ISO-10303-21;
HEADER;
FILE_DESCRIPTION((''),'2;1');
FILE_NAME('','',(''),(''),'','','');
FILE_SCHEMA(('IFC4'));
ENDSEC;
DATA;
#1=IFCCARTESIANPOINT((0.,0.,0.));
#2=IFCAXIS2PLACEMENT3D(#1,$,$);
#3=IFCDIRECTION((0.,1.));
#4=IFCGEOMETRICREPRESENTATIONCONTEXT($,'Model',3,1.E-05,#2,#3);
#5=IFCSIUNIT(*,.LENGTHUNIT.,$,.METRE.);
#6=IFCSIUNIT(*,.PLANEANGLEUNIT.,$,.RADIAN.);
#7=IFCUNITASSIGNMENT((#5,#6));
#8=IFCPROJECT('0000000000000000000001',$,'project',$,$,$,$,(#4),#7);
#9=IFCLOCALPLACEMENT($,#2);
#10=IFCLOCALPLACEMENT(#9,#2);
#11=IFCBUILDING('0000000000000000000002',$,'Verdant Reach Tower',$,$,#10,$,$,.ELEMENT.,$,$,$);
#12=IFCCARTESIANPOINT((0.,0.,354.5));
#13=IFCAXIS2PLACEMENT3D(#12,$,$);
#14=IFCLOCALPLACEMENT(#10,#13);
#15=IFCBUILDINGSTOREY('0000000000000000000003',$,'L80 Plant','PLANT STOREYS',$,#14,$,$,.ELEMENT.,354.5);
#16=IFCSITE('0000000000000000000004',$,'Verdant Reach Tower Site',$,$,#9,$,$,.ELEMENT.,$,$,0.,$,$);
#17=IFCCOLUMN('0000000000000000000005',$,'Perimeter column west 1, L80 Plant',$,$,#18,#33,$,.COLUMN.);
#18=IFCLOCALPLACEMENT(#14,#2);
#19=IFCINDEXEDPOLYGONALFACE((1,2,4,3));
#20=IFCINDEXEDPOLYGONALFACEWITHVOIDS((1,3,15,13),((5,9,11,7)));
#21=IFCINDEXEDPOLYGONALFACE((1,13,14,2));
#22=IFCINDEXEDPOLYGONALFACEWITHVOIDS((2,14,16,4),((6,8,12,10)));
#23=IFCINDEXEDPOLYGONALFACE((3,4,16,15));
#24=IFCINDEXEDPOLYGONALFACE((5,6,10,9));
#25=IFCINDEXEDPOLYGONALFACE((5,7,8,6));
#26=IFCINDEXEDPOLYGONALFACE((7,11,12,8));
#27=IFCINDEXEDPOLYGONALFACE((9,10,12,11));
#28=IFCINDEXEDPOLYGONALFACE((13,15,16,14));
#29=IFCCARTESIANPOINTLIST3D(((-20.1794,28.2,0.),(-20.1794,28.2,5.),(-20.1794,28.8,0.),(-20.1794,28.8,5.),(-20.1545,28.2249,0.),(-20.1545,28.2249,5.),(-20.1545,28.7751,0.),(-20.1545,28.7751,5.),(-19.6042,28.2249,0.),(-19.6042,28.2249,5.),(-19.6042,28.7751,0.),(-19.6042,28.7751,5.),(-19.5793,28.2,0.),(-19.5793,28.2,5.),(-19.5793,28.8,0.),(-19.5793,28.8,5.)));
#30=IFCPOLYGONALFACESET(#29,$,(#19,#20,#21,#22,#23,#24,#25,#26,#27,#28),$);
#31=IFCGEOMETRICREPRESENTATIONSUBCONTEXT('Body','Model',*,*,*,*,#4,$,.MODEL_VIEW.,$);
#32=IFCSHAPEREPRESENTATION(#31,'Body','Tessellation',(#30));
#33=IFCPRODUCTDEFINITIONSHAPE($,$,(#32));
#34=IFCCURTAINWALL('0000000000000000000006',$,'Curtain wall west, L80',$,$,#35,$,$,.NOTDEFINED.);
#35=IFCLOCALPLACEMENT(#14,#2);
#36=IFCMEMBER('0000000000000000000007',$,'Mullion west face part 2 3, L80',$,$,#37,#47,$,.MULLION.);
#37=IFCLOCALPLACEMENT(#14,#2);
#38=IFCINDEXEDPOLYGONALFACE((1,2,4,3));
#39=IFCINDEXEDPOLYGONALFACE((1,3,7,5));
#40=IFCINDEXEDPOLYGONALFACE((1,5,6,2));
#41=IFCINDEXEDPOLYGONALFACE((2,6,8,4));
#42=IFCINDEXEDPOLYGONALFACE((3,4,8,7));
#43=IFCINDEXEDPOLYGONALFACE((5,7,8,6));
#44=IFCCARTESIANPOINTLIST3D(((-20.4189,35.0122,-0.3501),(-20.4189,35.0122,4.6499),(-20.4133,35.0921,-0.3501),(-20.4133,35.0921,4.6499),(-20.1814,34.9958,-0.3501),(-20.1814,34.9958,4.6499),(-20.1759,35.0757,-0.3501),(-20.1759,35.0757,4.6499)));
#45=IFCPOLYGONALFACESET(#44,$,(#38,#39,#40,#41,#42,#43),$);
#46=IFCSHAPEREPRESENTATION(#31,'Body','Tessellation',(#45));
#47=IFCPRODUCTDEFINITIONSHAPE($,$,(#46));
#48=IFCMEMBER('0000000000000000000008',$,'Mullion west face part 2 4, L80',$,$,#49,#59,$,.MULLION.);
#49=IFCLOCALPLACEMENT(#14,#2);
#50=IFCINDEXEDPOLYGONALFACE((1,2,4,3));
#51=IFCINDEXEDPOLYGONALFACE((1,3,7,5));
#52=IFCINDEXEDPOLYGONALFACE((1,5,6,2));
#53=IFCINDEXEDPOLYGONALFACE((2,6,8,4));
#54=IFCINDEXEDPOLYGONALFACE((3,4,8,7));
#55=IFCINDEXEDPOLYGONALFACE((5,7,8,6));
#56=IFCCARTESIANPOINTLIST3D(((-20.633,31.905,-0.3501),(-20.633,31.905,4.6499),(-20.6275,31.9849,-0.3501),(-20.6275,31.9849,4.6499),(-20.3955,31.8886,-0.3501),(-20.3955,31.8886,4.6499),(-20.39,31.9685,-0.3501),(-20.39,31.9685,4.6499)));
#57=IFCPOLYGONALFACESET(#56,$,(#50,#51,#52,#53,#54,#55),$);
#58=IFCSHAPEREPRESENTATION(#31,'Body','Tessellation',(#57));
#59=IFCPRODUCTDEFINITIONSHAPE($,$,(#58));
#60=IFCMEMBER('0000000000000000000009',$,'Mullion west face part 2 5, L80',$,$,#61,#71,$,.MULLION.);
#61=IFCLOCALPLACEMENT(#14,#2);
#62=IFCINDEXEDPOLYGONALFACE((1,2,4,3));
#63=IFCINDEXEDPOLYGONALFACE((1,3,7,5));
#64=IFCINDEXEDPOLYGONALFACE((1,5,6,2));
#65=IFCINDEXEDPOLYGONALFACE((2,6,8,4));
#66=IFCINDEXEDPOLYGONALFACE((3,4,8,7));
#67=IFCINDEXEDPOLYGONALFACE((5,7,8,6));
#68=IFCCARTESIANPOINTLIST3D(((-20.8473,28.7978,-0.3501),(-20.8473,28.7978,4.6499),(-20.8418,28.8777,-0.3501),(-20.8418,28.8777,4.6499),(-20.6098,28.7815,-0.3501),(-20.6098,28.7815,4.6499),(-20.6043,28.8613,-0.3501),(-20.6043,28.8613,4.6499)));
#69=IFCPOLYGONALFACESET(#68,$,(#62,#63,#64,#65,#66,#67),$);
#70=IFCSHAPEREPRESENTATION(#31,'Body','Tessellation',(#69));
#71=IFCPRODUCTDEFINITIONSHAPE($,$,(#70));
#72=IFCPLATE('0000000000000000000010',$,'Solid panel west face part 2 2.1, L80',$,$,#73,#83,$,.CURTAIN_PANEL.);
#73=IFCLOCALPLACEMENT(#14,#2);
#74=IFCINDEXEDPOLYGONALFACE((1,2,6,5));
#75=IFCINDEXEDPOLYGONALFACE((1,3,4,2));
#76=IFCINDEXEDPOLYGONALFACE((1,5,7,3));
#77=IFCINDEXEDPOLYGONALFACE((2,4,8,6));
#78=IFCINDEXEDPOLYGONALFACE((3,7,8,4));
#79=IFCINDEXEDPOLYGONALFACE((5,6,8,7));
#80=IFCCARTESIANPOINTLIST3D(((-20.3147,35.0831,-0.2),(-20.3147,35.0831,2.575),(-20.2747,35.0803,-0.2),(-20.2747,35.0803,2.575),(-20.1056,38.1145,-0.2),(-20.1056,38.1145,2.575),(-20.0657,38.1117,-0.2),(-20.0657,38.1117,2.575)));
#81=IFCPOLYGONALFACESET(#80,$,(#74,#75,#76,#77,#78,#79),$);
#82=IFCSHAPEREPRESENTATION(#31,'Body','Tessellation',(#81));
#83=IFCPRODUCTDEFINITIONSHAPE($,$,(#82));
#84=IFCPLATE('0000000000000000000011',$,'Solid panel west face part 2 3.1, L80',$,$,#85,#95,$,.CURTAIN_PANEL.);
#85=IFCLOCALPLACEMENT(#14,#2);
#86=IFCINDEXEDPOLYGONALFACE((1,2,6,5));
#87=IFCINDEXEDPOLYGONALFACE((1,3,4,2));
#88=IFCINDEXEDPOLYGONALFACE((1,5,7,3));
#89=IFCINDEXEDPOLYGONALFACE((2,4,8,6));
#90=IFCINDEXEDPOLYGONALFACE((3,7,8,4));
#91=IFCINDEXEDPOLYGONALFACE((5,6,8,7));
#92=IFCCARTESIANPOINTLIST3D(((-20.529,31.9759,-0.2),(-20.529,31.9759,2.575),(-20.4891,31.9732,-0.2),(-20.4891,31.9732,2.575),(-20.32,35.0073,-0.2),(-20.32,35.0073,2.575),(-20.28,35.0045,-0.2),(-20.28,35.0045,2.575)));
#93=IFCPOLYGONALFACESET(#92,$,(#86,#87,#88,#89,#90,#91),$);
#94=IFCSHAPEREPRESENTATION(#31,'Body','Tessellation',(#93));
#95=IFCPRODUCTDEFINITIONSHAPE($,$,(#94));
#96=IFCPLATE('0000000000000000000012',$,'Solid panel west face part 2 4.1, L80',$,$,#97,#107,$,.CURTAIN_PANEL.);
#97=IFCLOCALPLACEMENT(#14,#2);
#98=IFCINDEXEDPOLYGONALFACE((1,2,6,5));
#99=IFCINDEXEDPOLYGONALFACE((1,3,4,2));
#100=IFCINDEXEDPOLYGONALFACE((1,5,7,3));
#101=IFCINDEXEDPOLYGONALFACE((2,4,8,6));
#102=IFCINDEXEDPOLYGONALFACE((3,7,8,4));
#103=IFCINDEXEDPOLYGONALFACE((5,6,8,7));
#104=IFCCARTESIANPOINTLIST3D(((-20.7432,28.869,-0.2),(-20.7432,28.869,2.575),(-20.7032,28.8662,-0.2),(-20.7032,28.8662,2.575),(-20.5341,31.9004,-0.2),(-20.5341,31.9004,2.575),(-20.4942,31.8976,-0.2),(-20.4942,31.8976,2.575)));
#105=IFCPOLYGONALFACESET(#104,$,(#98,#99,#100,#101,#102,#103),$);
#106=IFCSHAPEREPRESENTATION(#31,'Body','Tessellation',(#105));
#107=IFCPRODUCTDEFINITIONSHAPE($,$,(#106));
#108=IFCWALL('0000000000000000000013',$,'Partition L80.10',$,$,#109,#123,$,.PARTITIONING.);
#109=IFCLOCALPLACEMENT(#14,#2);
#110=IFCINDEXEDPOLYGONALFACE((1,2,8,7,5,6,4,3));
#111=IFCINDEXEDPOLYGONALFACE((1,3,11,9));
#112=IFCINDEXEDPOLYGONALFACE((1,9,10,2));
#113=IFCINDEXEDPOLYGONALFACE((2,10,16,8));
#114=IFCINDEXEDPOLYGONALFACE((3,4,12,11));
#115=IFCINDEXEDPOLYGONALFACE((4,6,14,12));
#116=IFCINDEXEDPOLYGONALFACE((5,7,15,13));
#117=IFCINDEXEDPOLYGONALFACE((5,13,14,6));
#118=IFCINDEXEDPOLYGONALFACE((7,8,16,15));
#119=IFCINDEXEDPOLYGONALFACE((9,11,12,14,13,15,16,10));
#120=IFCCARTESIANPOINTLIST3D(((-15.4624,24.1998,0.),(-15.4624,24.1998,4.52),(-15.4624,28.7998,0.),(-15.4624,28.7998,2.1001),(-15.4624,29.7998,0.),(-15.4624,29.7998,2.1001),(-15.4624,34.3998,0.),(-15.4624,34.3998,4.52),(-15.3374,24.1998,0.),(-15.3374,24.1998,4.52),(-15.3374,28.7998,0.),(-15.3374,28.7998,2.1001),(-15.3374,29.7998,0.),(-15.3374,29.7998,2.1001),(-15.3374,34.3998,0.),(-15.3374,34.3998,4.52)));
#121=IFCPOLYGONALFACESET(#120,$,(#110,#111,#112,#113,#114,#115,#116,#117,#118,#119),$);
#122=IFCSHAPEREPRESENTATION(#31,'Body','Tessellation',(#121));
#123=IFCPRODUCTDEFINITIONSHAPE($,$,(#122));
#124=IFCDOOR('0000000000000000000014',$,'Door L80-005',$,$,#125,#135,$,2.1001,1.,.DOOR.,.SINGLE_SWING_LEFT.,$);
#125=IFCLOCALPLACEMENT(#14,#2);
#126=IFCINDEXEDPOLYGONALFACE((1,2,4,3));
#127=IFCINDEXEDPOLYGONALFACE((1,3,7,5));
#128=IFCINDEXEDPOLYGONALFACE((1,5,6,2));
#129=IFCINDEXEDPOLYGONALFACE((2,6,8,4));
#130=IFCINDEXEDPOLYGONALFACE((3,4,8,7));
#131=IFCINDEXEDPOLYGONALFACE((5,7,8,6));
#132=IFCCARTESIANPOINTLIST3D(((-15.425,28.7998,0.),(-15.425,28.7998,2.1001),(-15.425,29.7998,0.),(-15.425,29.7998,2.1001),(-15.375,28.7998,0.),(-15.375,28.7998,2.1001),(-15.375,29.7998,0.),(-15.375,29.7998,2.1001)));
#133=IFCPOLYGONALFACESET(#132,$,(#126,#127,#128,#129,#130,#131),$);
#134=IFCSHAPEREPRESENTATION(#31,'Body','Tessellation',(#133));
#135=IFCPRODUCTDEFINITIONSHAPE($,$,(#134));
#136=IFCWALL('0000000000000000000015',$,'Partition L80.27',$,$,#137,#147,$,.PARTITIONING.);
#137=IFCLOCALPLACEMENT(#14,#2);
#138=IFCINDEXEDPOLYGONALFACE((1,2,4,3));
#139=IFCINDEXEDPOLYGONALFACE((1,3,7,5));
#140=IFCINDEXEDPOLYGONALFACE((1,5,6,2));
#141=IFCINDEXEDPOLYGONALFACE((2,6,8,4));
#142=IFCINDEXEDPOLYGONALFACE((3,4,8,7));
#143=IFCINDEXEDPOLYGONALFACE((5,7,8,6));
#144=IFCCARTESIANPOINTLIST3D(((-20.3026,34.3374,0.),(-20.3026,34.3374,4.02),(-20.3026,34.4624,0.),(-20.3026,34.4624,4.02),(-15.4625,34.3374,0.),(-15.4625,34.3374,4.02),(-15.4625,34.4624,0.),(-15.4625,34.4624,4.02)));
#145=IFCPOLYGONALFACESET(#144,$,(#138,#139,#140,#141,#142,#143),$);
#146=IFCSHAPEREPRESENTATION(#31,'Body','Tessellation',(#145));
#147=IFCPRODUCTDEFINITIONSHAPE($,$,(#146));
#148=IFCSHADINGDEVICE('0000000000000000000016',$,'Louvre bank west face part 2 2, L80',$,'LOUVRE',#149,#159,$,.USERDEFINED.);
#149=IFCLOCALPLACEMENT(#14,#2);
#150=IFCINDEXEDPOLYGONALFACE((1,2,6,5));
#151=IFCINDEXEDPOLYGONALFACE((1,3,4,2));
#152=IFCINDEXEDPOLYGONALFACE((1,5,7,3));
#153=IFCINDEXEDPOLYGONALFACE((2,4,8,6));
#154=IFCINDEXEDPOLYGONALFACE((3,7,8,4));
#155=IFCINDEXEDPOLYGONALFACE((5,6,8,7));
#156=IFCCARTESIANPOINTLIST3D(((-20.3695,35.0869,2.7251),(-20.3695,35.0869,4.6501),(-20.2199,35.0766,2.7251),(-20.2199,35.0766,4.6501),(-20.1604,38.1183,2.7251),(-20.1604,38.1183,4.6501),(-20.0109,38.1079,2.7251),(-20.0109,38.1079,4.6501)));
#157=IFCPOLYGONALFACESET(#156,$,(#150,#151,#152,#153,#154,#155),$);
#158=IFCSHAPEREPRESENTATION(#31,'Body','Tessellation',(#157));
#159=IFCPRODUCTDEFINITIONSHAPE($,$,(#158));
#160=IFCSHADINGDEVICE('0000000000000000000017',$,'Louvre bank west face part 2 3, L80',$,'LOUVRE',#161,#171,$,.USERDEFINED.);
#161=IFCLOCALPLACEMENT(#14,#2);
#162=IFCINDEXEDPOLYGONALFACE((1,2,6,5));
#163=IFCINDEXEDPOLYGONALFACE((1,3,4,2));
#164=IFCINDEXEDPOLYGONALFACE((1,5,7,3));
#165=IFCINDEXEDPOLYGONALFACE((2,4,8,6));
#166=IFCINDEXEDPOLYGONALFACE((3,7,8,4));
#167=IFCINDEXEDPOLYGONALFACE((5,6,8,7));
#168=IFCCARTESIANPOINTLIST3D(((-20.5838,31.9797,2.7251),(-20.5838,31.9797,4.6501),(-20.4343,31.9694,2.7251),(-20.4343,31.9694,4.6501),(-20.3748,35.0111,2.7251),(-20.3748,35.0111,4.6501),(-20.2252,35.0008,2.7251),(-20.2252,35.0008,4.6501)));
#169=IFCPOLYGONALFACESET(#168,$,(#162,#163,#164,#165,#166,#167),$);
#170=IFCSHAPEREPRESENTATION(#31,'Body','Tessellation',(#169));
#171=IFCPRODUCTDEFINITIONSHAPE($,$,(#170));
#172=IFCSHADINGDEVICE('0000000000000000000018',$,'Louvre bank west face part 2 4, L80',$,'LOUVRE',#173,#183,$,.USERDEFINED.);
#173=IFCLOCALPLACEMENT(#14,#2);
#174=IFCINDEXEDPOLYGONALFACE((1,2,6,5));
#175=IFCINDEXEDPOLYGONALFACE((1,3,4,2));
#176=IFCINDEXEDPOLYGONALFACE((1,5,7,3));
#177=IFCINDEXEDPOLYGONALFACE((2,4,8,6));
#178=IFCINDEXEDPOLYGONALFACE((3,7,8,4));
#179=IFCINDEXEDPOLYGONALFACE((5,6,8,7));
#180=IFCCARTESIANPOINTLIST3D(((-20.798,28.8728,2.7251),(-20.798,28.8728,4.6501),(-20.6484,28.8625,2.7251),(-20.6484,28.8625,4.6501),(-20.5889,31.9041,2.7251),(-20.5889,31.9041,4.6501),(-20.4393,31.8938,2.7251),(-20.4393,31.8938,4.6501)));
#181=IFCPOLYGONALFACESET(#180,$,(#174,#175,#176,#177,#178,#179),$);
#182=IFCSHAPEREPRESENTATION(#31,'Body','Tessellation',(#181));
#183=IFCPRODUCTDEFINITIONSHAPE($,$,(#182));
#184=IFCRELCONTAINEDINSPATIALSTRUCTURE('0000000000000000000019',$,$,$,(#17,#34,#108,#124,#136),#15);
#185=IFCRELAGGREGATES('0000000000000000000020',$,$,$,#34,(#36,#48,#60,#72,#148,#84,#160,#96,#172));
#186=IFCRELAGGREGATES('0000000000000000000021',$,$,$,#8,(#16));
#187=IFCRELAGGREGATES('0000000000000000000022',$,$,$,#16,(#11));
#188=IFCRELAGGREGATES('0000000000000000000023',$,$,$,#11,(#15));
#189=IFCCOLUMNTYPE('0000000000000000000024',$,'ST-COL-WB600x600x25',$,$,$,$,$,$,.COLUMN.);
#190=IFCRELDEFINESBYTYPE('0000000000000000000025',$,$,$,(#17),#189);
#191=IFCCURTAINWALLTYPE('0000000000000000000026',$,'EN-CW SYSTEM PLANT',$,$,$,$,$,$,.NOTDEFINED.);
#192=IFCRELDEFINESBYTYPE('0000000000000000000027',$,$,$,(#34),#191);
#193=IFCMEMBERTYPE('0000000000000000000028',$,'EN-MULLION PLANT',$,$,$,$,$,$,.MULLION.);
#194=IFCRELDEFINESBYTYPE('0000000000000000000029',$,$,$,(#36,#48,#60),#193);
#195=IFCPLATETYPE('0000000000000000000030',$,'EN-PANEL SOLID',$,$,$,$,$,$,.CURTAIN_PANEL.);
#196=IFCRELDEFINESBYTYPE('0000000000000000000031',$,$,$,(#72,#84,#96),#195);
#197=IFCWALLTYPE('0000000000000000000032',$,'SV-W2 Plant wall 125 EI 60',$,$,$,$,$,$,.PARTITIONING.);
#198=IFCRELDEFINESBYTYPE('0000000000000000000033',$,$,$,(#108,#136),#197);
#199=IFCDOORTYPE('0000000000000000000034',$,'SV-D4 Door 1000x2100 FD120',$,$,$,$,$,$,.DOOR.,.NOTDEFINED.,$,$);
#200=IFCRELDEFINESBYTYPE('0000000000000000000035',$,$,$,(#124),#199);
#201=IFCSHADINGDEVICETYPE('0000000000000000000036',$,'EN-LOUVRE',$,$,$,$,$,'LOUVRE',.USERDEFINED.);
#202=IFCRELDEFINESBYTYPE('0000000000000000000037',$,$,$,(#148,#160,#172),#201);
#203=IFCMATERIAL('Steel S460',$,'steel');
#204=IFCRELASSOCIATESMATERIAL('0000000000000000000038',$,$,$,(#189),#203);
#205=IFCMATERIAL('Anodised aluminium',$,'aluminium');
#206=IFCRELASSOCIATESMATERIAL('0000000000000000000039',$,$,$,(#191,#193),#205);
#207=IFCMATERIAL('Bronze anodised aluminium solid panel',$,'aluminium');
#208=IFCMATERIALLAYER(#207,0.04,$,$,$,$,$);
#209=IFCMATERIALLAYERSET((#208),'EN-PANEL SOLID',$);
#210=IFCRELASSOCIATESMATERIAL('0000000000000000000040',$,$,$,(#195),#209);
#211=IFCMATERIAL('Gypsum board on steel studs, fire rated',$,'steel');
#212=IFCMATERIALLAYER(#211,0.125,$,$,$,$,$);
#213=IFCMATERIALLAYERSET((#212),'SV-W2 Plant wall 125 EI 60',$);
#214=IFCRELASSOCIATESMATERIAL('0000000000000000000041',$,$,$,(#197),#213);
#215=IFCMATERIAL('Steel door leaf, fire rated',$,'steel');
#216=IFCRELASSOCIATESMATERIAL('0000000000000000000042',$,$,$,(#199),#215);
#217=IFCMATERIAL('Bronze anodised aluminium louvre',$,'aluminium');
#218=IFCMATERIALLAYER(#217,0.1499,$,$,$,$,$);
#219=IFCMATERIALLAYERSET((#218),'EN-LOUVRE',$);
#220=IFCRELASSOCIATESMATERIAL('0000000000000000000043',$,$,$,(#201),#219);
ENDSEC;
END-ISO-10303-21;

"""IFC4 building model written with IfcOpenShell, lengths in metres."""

from ifc_helpers import new_model, si_unit, direction, frame, frame_2d, origin, origin_2d, place, context, subcontext, project, spatial, rectangle, hollow_rectangle, extrude, material, layer, layer_set, material_profile, profile_set, type_object, element, fill, aggregate, save


model = new_model("IFC4")

# Units and contexts
model_context = context("Model", 3, precision=1e-05, world=origin(), true_north=direction((0.0, 1.0)))
body_context = subcontext(model_context, "Body", "Model", "MODEL_VIEW")
ifc_project = project(units=[si_unit("LENGTHUNIT", "METRE"), si_unit("PLANEANGLEUNIT", "RADIAN")], contexts=[model_context])

# Site, building, storey
site_placement = place(None, origin())
site = spatial("IfcSite", under=ifc_project, at=site_placement, Name="Verdant Reach Tower Site", CompositionType="ELEMENT", RefElevation=0.0)
building_placement = place(site_placement, origin())
building = spatial("IfcBuilding", under=site, at=building_placement, Name="Verdant Reach Tower", CompositionType="ELEMENT")
storey_placement = place(building_placement, frame((0.0, 0.0, 354.5)))
storey = spatial("IfcBuildingStorey", under=building, at=storey_placement, Name="L80 Plant", Description="PLANT STOREYS", CompositionType="ELEMENT", Elevation=354.5)

# Column
ifc_material_1 = material(Name="Steel S460", Category="steel")
ifc_material_profile_1 = material_profile(ifc_material_1, hollow_rectangle(XDim=0.6001, YDim=0.6001, WallThickness=0.0249, at=origin_2d()), Name="WB 600x600x25")
ifc_profile_set_1 = profile_set([ifc_material_profile_1], Name="Steel S460")
column_type = type_object("IfcColumnType", Name="ST-COL-WB600x600x25", PredefinedType="COLUMN", material=ifc_profile_set_1)
column_placement = place(storey_placement, frame((-19.8794, 28.5, 0.0), z_axis=(0.0, 0.0, 1.0), x_axis=(1.0, 0.0, 0.0)))
element("IfcColumn", 1, at=column_placement, inside=storey, type_object=column_type, Name="Perimeter column west 1, L80 Plant", PredefinedType="COLUMN", context=body_context, shape_type="SweptSolid", body=[
    extrude(hollow_rectangle(XDim=0.6001, YDim=0.6001, WallThickness=0.0249, at=origin_2d()), origin(), (0.0, 0.0, 1.0), 5.0),
])

# Curtain wall, members, plates
ifc_material_2 = material(Name="Anodised aluminium", Category="aluminium")
curtain_wall_type = type_object("IfcCurtainWallType", Name="EN-CW SYSTEM PLANT", PredefinedType="NOTDEFINED", material=ifc_material_2)
curtain_wall_placement = place(storey_placement, origin())
curtain_wall = element("IfcCurtainWall", 2, at=curtain_wall_placement, inside=storey, type_object=curtain_wall_type, Name="Curtain wall west, L80", PredefinedType="NOTDEFINED")
ifc_material_profile_2 = material_profile(ifc_material_2, rectangle(XDim=0.238, YDim=0.0801, at=origin_2d()), Name="Mullion 80x240")
ifc_profile_set_2 = profile_set([ifc_material_profile_2], Name="Anodised aluminium")
member_type = type_object("IfcMemberType", Name="EN-MULLION PLANT", PredefinedType="MULLION", material=ifc_profile_set_2)
member_1_placement = place(storey_placement, frame((-20.2974, 35.0439, -0.3501), z_axis=(0.0, 0.0, 1.0), x_axis=(-0.99763, 0.068802, 0.0)))
member_1 = element("IfcMember", 3, at=member_1_placement, type_object=member_type, Name="Mullion west face part 2 3, L80", PredefinedType="MULLION", context=body_context, shape_type="SweptSolid", body=[
    extrude(rectangle(XDim=0.238, YDim=0.0801, at=origin_2d()), origin(), (0.0, 0.0, 1.0), 5.0),
])
member_2_placement = place(storey_placement, frame((-20.5115, 31.9368, -0.3501), z_axis=(0.0, 0.0, 1.0), x_axis=(-0.99763, 0.068802, 0.0)))
member_2 = element("IfcMember", 4, at=member_2_placement, type_object=member_type, Name="Mullion west face part 2 4, L80", PredefinedType="MULLION", context=body_context, shape_type="SweptSolid", body=[
    extrude(rectangle(XDim=0.238, YDim=0.0801, at=origin_2d()), origin(), (0.0, 0.0, 1.0), 5.0),
])
member_3_placement = place(storey_placement, frame((-20.7258, 28.8296, -0.3501), z_axis=(0.0, 0.0, 1.0), x_axis=(-0.99763, 0.068802, 0.0)))
member_3 = element("IfcMember", 5, at=member_3_placement, type_object=member_type, Name="Mullion west face part 2 5, L80", PredefinedType="MULLION", context=body_context, shape_type="SweptSolid", body=[
    extrude(rectangle(XDim=0.238, YDim=0.0801, at=origin_2d()), origin(), (0.0, 0.0, 1.0), 5.0),
])
ifc_material_3 = material(Name="Bronze anodised aluminium solid panel", Category="aluminium")
ifc_layer_1 = layer(ifc_material_3, 0.04)
ifc_layer_set_1 = layer_set([ifc_layer_1], Name="EN-PANEL SOLID")
plate_type = type_object("IfcPlateType", Name="EN-PANEL SOLID", PredefinedType="CURTAIN_PANEL", material=ifc_layer_set_1)
plate_1_placement = place(storey_placement, frame((-20.1902, 36.5974, -0.2), z_axis=(0.0, 0.0, 1.0), x_axis=(-0.068802, -0.99763, 0.0)))
plate_1 = element("IfcPlate", 6, at=plate_1_placement, type_object=plate_type, Name="Solid panel west face part 2 2.1, L80", PredefinedType="CURTAIN_PANEL", context=body_context, shape_type="SweptSolid", body=[
    extrude(rectangle(XDim=3.0386, YDim=0.04, at=origin_2d()), origin(), (0.0, 0.0, 1.0), 2.7749),
])
plate_2_placement = place(storey_placement, frame((-20.4045, 33.4902, -0.2), z_axis=(0.0, 0.0, 1.0), x_axis=(-0.068802, -0.99763, 0.0)))
plate_2 = element("IfcPlate", 7, at=plate_2_placement, type_object=plate_type, Name="Solid panel west face part 2 3.1, L80", PredefinedType="CURTAIN_PANEL", context=body_context, shape_type="SweptSolid", body=[
    extrude(rectangle(XDim=3.0386, YDim=0.04, at=origin_2d()), origin(), (0.0, 0.0, 1.0), 2.7749),
])
plate_3_placement = place(storey_placement, frame((-20.6187, 30.3833, -0.2), z_axis=(0.0, 0.0, 1.0), x_axis=(-0.068802, -0.99763, 0.0)))
plate_3 = element("IfcPlate", 8, at=plate_3_placement, type_object=plate_type, Name="Solid panel west face part 2 4.1, L80", PredefinedType="CURTAIN_PANEL", context=body_context, shape_type="SweptSolid", body=[
    extrude(rectangle(XDim=3.0386, YDim=0.04, at=origin_2d()), origin(), (0.0, 0.0, 1.0), 2.7749),
])

# Wall, opening, door
ifc_material_4 = material(Name="Gypsum board on steel studs, fire rated", Category="steel")
ifc_layer_2 = layer(ifc_material_4, 0.125)
ifc_layer_set_2 = layer_set([ifc_layer_2], Name="SV-W2 Plant wall 125 EI 60")
wall_type = type_object("IfcWallType", Name="SV-W2 Plant wall 125 EI 60", PredefinedType="PARTITIONING", material=ifc_layer_set_2)
wall_1_placement = place(storey_placement, frame((-15.3999, 34.3999, 0.0), z_axis=(0.0, 0.0, 1.0), x_axis=(0.0, -1.0, 0.0)))
wall_1 = element("IfcWall", 9, at=wall_1_placement, inside=storey, type_object=wall_type, Name="Partition L80.10", PredefinedType="PARTITIONING", context=body_context, shape_type="SweptSolid", body=[
    extrude(rectangle(XDim=10.2, YDim=0.125, at=frame_2d((5.1001, 0.0))), origin(), (0.0, 0.0, 1.0), 4.52),
])
opening_placement = place(wall_1_placement, frame((4.6001, 0.0, 0.0)))
opening = element("IfcOpeningElement", 10, at=opening_placement, cuts=wall_1, PredefinedType="OPENING", context=body_context, shape_type="SweptSolid", body=[
    extrude(rectangle(XDim=1.0, YDim=2.1001, at=frame_2d((0.5, 1.05))), frame((0.0, 0.0725, 0.0), z_axis=(0.0, -1.0, 0.0), x_axis=(1.0, 0.0, 0.0)), (0.0, 0.0, 1.0), 0.145),
])
ifc_material_5 = material(Name="Steel door leaf, fire rated", Category="steel")
door_type = type_object("IfcDoorType", Name="SV-D4 Door 1000x2100 FD120", OperationType="NOTDEFINED", PredefinedType="DOOR", material=ifc_material_5)
door_placement = place(opening_placement, origin())
door = element("IfcDoor", 11, at=door_placement, inside=storey, type_object=door_type, Name="Door L80-005", OperationType="SINGLE_SWING_LEFT", OverallHeight=2.1001, OverallWidth=1.0, PredefinedType="DOOR", context=body_context, shape_type="SweptSolid", body=[
    extrude(rectangle(XDim=1.0, YDim=2.1001, at=frame_2d((0.5, 1.05))), frame((0.0, 0.0249, 0.0), z_axis=(0.0, -1.0, 0.0), x_axis=(1.0, 0.0, 0.0)), (0.0, 0.0, 1.0), 0.05),
])
fill(opening, door)

# Wall
wall_2_placement = place(storey_placement, frame((-20.3025, 34.3999, 0.0), z_axis=(0.0, 0.0, 1.0), x_axis=(1.0, 0.0, 0.0)))
element("IfcWall", 12, at=wall_2_placement, inside=storey, type_object=wall_type, Name="Partition L80.27", PredefinedType="PARTITIONING", context=body_context, shape_type="SweptSolid", body=[
    extrude(rectangle(XDim=4.8401, YDim=0.125, at=frame_2d((2.4199, 0.0))), origin(), (0.0, 0.0, 1.0), 4.02),
])

# Shading devices
ifc_material_6 = material(Name="Bronze anodised aluminium louvre", Category="aluminium")
ifc_layer_3 = layer(ifc_material_6, 0.1499)
ifc_layer_set_3 = layer_set([ifc_layer_3], Name="EN-LOUVRE")
shading_device_type = type_object("IfcShadingDeviceType", Name="EN-LOUVRE", ElementType="LOUVRE", PredefinedType="USERDEFINED", material=ifc_layer_set_3)
shading_device_1_placement = place(storey_placement, frame((-20.1902, 36.5974, 2.7251), z_axis=(0.0, 0.0, 1.0), x_axis=(-0.068802, -0.99763, 0.0)))
shading_device_1 = element("IfcShadingDevice", 13, at=shading_device_1_placement, type_object=shading_device_type, Name="Louvre bank west face part 2 2, L80", ObjectType="LOUVRE", PredefinedType="USERDEFINED", context=body_context, shape_type="SweptSolid", body=[
    extrude(rectangle(XDim=3.0386, YDim=0.1499, at=origin_2d()), origin(), (0.0, 0.0, 1.0), 1.925),
])
shading_device_2_placement = place(storey_placement, frame((-20.4045, 33.4902, 2.7251), z_axis=(0.0, 0.0, 1.0), x_axis=(-0.068802, -0.99763, 0.0)))
shading_device_2 = element("IfcShadingDevice", 14, at=shading_device_2_placement, type_object=shading_device_type, Name="Louvre bank west face part 2 3, L80", ObjectType="LOUVRE", PredefinedType="USERDEFINED", context=body_context, shape_type="SweptSolid", body=[
    extrude(rectangle(XDim=3.0386, YDim=0.1499, at=origin_2d()), origin(), (0.0, 0.0, 1.0), 1.925),
])
shading_device_3_placement = place(storey_placement, frame((-20.6187, 30.3833, 2.7251), z_axis=(0.0, 0.0, 1.0), x_axis=(-0.068802, -0.99763, 0.0)))
shading_device_3 = element("IfcShadingDevice", 15, at=shading_device_3_placement, type_object=shading_device_type, Name="Louvre bank west face part 2 4, L80", ObjectType="LOUVRE", PredefinedType="USERDEFINED", context=body_context, shape_type="SweptSolid", body=[
    extrude(rectangle(XDim=3.0386, YDim=0.1499, at=origin_2d()), origin(), (0.0, 0.0, 1.0), 1.925),
])
aggregate(curtain_wall, [member_1, member_2, member_3, plate_1, shading_device_1, plate_2, shading_device_2, plate_3, shading_device_3])

save(model, "model.ifc")
